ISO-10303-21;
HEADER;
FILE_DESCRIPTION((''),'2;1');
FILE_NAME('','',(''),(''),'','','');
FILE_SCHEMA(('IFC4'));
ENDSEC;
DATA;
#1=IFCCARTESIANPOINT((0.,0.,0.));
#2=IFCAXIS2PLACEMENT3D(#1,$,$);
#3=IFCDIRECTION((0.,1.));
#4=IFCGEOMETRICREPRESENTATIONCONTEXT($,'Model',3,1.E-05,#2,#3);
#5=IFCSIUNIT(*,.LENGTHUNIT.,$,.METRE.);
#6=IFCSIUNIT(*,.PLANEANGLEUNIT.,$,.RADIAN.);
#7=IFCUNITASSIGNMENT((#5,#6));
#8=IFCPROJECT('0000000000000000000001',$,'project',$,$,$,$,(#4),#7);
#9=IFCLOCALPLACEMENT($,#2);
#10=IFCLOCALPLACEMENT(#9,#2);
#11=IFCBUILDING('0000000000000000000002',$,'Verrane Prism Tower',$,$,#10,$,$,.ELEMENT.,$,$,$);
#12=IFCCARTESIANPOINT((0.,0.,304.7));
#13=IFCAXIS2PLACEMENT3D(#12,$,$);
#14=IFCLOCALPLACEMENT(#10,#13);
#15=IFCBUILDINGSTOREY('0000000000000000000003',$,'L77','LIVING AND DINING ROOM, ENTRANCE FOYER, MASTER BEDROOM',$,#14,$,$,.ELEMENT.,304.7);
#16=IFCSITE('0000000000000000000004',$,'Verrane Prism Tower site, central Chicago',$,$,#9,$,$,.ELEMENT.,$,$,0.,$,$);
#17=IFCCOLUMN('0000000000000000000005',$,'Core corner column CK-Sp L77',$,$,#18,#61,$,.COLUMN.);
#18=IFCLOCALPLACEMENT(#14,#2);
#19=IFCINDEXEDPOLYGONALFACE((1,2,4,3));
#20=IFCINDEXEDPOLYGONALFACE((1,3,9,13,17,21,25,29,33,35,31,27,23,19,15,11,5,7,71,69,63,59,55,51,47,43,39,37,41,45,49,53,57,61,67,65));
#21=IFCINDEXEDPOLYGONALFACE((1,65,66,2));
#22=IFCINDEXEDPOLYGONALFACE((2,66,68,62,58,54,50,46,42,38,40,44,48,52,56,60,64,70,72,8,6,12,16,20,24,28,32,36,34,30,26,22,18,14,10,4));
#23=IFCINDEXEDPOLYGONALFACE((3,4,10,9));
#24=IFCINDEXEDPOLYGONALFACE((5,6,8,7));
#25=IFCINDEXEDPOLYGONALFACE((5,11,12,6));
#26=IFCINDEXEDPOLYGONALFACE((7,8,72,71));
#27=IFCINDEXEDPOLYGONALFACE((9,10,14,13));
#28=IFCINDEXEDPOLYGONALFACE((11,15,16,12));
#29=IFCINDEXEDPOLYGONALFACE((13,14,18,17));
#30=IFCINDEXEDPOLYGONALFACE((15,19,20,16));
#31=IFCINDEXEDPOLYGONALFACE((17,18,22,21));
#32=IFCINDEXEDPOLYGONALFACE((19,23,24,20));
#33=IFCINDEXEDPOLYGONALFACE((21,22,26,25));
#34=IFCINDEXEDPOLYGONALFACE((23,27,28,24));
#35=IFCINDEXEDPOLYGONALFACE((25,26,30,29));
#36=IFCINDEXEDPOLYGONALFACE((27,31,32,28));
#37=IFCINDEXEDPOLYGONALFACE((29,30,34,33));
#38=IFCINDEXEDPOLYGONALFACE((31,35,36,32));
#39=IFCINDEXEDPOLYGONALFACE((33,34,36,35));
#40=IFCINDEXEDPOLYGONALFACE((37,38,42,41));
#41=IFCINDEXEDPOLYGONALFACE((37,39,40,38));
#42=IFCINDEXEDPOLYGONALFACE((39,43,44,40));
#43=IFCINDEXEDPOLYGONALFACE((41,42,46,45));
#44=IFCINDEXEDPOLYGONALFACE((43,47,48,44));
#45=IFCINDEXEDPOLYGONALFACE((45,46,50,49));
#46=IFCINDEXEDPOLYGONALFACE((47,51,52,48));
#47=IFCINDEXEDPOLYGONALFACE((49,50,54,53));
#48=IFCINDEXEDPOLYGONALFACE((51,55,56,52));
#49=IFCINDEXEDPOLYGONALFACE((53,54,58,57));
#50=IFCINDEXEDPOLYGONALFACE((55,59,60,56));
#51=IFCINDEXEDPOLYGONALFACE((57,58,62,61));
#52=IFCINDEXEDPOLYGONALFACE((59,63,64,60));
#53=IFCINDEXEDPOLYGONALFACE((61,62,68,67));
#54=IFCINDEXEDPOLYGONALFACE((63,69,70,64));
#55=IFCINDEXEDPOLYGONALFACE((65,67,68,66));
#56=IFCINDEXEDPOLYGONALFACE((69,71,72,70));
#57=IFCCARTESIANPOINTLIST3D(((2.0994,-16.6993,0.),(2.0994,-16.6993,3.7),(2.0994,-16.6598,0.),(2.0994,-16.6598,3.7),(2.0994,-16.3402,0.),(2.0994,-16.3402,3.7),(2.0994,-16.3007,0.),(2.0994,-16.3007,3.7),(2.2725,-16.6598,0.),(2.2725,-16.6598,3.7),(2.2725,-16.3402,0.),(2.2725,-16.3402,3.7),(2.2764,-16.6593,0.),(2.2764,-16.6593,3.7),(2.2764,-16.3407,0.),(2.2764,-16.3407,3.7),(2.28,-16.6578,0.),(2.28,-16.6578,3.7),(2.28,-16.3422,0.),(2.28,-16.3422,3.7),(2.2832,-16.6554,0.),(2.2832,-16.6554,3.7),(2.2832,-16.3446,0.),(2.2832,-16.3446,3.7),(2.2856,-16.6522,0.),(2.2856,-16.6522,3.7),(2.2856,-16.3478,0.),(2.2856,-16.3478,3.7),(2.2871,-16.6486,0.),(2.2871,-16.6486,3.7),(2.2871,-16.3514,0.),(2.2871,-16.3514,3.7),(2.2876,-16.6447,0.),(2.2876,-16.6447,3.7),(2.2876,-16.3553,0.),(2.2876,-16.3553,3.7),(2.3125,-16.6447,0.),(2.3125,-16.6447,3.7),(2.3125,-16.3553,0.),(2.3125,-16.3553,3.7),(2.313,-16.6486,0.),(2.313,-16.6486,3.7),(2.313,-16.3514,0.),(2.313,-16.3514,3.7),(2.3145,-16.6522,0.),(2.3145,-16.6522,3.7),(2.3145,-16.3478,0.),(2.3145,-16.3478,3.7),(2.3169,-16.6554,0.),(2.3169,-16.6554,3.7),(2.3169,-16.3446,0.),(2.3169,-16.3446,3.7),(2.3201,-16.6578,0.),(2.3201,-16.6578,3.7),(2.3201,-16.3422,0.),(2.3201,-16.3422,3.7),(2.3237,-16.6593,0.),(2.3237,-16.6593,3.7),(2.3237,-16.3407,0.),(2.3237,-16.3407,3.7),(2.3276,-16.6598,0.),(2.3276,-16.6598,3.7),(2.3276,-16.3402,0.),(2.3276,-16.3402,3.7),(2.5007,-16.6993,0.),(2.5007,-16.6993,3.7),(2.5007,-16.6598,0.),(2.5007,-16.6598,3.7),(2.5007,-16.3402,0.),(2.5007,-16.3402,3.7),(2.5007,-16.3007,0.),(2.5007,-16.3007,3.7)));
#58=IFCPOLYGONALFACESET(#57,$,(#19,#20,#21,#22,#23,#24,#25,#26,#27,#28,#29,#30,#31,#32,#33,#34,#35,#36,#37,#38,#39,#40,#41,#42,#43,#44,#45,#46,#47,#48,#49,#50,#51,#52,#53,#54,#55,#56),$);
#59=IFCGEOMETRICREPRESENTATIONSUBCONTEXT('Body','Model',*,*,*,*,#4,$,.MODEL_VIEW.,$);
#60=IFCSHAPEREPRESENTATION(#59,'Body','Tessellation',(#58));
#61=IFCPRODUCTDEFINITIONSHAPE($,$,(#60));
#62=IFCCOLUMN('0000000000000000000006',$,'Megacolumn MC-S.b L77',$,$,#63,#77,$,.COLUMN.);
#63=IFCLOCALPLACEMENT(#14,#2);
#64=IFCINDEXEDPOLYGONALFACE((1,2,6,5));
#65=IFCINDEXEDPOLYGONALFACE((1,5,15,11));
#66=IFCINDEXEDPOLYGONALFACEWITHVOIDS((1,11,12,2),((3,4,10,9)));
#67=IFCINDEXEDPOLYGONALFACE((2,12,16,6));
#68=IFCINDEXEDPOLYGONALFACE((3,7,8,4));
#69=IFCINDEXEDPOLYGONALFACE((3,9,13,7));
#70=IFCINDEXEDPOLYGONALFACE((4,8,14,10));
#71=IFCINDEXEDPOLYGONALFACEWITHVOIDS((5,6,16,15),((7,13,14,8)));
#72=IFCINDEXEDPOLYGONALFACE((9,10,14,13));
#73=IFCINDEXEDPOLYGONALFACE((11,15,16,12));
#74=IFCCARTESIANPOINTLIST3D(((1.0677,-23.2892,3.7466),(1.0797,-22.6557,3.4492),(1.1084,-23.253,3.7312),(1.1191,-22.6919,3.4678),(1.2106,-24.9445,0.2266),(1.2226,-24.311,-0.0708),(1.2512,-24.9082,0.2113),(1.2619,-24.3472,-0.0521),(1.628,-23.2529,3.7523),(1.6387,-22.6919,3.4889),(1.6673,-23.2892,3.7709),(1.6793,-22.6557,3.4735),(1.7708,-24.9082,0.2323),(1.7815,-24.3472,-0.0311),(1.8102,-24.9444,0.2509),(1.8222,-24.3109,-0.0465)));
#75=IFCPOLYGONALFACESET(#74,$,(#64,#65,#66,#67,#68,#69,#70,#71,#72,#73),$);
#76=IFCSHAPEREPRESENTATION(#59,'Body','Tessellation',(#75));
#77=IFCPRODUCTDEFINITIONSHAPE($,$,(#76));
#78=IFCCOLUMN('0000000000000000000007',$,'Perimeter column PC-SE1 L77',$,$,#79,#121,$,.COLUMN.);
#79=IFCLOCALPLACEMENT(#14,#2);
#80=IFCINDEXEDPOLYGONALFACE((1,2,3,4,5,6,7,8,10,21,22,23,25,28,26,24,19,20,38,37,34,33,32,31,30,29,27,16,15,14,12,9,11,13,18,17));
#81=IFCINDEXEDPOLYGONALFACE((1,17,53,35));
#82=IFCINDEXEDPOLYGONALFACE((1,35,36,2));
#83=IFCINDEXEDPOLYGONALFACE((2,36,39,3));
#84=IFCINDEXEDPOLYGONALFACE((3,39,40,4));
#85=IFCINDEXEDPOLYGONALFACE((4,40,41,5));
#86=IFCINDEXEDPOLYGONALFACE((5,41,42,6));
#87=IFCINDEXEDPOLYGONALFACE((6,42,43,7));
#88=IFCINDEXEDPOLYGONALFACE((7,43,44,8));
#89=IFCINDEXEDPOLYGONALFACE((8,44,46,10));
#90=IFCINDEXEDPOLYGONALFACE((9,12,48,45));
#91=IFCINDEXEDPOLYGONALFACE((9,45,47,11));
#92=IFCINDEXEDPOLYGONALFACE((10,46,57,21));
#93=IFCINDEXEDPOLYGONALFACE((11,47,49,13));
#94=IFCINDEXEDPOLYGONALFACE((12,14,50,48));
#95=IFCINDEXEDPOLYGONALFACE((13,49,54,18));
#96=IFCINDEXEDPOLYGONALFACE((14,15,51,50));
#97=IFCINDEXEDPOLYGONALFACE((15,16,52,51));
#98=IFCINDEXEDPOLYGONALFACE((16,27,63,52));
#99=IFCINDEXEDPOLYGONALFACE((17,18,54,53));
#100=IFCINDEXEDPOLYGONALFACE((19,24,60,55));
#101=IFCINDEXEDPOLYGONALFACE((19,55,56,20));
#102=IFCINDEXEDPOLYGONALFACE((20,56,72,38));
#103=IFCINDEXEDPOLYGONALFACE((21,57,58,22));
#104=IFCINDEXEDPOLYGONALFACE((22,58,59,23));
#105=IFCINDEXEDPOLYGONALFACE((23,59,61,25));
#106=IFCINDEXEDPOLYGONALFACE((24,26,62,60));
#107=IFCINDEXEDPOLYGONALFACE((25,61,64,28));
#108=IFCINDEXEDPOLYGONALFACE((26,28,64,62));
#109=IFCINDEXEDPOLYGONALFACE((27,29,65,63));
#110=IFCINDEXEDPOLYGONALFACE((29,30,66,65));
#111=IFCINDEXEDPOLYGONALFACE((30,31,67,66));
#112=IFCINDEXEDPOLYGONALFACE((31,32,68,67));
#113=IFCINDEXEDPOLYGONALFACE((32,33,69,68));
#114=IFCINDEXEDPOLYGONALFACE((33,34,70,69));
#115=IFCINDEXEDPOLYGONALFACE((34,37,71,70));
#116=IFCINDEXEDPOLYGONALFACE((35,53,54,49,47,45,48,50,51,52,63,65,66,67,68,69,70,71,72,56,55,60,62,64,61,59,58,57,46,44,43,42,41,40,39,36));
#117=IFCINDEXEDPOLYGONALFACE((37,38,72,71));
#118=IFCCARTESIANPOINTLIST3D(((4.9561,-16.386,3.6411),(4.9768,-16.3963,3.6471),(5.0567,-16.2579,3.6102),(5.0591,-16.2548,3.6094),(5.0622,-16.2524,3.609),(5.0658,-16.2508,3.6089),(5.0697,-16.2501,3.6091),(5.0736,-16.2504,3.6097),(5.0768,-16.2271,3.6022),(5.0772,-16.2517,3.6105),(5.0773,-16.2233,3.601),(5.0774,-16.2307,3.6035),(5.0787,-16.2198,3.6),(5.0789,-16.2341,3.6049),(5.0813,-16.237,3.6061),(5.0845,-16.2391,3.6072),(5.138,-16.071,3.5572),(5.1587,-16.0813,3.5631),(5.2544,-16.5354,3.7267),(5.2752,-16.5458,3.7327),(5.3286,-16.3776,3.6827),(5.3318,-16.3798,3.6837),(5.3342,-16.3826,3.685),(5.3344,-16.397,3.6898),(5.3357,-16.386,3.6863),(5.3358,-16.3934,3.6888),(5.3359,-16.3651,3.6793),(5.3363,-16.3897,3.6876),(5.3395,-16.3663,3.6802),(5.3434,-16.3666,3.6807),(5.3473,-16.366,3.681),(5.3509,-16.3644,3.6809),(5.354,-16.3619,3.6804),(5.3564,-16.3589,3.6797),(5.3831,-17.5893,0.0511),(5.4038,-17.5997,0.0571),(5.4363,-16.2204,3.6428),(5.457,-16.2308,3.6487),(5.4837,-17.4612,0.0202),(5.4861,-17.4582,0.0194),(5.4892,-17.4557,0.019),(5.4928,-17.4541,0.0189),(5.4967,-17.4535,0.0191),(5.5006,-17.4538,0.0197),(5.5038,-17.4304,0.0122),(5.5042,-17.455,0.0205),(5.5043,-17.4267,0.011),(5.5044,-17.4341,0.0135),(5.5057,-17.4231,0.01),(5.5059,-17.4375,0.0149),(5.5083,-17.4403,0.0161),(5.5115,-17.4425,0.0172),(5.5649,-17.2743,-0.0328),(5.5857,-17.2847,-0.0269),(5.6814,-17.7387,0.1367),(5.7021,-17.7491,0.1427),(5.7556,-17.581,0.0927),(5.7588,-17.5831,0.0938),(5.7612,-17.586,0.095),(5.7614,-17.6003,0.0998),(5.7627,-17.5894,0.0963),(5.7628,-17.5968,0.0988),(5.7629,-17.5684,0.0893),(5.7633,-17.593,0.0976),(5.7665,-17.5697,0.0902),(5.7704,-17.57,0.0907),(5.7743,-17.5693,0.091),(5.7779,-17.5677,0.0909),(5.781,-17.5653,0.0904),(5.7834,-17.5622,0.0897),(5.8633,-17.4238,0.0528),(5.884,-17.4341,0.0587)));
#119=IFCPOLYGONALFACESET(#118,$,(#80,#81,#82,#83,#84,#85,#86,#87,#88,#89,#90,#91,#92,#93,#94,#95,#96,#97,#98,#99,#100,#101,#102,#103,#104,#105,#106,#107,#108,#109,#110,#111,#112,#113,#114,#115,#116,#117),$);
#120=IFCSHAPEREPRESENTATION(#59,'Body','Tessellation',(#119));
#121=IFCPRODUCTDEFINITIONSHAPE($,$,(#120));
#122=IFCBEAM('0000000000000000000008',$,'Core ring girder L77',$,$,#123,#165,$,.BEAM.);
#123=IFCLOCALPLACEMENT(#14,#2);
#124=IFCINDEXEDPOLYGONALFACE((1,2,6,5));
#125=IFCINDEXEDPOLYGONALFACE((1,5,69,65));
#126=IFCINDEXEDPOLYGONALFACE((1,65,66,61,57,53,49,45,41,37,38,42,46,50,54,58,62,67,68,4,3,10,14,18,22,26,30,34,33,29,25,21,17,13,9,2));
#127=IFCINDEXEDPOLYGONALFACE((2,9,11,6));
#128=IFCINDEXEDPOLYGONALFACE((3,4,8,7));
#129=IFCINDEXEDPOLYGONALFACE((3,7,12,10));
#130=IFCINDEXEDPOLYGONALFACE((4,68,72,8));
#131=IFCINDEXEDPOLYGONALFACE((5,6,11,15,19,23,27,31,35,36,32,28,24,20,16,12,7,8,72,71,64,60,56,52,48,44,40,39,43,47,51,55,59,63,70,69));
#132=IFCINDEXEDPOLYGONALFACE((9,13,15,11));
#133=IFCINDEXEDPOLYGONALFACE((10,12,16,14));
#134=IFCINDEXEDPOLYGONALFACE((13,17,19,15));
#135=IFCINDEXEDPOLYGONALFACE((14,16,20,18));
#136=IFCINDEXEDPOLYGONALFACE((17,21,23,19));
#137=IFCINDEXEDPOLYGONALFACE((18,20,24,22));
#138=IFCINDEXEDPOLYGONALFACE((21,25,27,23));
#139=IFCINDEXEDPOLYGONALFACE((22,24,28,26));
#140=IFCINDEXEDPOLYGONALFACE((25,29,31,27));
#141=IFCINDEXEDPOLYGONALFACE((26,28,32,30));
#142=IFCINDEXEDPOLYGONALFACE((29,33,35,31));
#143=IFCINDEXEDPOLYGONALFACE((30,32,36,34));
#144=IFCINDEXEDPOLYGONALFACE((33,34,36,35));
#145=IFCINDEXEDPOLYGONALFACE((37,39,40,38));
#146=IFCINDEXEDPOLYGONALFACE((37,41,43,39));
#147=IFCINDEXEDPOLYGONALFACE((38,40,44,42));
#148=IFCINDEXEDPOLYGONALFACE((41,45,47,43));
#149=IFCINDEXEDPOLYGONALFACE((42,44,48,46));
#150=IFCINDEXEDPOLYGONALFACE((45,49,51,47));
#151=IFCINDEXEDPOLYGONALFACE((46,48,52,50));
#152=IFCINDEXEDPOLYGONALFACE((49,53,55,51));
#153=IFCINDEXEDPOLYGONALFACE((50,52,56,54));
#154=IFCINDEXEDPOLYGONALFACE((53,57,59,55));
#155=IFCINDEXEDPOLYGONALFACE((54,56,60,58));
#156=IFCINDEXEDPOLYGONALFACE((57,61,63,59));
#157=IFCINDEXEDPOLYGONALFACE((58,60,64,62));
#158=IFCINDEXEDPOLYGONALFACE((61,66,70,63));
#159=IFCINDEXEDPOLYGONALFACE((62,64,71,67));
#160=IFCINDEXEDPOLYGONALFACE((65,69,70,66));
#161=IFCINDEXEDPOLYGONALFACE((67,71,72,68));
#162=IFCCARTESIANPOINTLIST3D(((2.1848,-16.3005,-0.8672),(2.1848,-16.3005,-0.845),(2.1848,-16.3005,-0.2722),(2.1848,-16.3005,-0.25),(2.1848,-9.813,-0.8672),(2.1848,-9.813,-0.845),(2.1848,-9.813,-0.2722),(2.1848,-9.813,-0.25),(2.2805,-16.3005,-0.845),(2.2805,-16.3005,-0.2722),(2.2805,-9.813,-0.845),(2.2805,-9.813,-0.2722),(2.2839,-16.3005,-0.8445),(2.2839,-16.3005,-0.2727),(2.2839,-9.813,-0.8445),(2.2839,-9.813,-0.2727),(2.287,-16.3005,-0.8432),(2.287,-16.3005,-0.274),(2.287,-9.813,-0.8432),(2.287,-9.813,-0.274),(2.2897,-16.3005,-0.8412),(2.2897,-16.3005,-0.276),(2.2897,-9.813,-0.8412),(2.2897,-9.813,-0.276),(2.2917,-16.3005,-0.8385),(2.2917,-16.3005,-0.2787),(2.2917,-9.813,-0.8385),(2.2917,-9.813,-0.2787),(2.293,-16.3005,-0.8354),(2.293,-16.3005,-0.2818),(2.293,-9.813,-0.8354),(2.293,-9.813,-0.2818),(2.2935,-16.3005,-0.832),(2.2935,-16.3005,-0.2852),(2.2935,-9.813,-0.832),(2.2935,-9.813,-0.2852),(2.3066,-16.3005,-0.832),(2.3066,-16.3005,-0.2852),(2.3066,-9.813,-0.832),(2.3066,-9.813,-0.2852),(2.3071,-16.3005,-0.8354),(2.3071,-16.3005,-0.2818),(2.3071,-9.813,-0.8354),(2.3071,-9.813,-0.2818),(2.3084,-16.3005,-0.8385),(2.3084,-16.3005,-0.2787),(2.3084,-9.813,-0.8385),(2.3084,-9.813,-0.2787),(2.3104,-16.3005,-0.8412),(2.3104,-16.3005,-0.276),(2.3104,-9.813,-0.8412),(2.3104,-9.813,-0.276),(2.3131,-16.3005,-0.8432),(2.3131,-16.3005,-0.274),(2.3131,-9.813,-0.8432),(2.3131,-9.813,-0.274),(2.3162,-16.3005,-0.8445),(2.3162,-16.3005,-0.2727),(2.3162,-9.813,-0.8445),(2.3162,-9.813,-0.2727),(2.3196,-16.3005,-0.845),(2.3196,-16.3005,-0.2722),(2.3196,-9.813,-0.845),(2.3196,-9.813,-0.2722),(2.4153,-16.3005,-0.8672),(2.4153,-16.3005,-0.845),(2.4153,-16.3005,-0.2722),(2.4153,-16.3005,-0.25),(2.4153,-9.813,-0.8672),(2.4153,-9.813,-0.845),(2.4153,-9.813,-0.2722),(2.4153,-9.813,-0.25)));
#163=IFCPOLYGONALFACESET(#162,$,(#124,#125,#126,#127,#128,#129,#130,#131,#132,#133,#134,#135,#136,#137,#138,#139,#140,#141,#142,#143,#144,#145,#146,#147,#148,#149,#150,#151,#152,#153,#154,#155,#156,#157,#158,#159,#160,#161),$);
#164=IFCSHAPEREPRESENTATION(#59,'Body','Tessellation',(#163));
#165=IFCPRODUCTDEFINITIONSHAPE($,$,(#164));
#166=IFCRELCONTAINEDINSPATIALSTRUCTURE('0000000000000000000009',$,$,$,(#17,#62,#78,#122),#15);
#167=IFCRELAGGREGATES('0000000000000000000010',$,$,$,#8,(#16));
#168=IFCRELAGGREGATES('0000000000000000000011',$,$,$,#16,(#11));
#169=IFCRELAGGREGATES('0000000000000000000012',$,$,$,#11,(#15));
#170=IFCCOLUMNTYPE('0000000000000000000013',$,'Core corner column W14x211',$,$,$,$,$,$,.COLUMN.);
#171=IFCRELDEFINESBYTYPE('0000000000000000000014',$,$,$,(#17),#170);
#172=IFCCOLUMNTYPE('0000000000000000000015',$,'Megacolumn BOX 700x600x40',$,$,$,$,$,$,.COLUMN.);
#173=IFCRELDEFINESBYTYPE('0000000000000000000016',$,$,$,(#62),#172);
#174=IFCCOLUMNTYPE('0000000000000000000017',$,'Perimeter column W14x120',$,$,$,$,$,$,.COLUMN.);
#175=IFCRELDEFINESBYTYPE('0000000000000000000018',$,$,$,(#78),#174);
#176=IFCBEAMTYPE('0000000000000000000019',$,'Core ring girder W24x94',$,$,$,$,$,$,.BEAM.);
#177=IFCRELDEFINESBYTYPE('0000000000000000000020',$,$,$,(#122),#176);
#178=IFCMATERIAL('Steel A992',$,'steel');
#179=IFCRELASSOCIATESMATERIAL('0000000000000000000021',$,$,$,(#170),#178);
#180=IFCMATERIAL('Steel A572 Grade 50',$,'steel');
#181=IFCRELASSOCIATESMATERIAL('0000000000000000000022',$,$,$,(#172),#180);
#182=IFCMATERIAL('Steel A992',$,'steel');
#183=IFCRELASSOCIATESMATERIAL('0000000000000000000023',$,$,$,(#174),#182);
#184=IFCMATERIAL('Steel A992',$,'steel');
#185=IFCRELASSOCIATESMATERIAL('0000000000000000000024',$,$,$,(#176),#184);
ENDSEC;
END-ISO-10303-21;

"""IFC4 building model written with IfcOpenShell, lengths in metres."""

from ifc_helpers import new_model, si_unit, direction, frame, origin, origin_2d, place, context, subcontext, project, spatial, hollow_rectangle, i_section, extrude, material, material_profile, profile_set, type_object, element, save


model = new_model("IFC4")

# Units and contexts
model_context = context("Model", 3, precision=1e-05, world=origin(), true_north=direction((0.0, 1.0)))
body_context = subcontext(model_context, "Body", "Model", "MODEL_VIEW")
ifc_project = project(units=[si_unit("LENGTHUNIT", "METRE"), si_unit("PLANEANGLEUNIT", "RADIAN")], contexts=[model_context])

# Site, building, storey
site_placement = place(None, origin())
site = spatial("IfcSite", under=ifc_project, at=site_placement, Name="Verrane Prism Tower site, central Chicago", CompositionType="ELEMENT", RefElevation=0.0)
building_placement = place(site_placement, origin())
building = spatial("IfcBuilding", under=site, at=building_placement, Name="Verrane Prism Tower", CompositionType="ELEMENT")
storey_placement = place(building_placement, frame((0.0, 0.0, 304.7)))
storey = spatial("IfcBuildingStorey", under=building, at=storey_placement, Name="L77", Description="LIVING AND DINING ROOM, ENTRANCE FOYER, MASTER BEDROOM", CompositionType="ELEMENT", Elevation=304.7)

# Columns
ifc_material_1 = material(Name="Steel A992", Category="steel")
ifc_material_profile_1 = material_profile(ifc_material_1, i_section(OverallWidth=0.4014, OverallDepth=0.3987, WebThickness=0.0249, FlangeThickness=0.0396, FilletRadius=0.0151, at=origin_2d()), Name="W14x211")
ifc_profile_set_1 = profile_set([ifc_material_profile_1], Name="Steel A992")
column_type_1 = type_object("IfcColumnType", Name="Core corner column W14x211", PredefinedType="COLUMN", material=ifc_profile_set_1)
column_1_placement = place(storey_placement, frame((2.3, -16.5, 0.0), z_axis=(0.0, 0.0, 1.0), x_axis=(-1.0, 0.0, 0.0)))
element("IfcColumn", 1, at=column_1_placement, inside=storey, type_object=column_type_1, Name="Core corner column CK-Sp L77", PredefinedType="COLUMN", context=body_context, shape_type="SweptSolid", body=[
    extrude(i_section(OverallWidth=0.4014, OverallDepth=0.3987, WebThickness=0.0249, FlangeThickness=0.0396, FilletRadius=0.0151, at=origin_2d()), origin(), (0.0, 0.0, 1.0), 3.7),
])
ifc_material_2 = material(Name="Steel A572 Grade 50", Category="steel")
ifc_material_profile_2 = material_profile(ifc_material_2, hollow_rectangle(XDim=0.6001, YDim=0.7, WallThickness=0.04, at=origin_2d()), Name="BOX 700x600x40")
ifc_profile_set_2 = profile_set([ifc_material_profile_2], Name="Steel A572 Grade 50")
column_type_2 = type_object("IfcColumnType", Name="Megacolumn BOX 700x600x40", PredefinedType="COLUMN", material=ifc_profile_set_2)
column_2_placement = place(storey_placement, frame((1.5164, -24.6277, 0.0901), z_axis=(-0.036692, 0.425257, 0.904329), x_axis=(-0.999179, -0.000075, -0.040506)))
element("IfcColumn", 2, at=column_2_placement, inside=storey, type_object=column_type_2, Name="Megacolumn MC-S.b L77", PredefinedType="COLUMN", context=body_context, shape_type="SweptSolid", body=[
    extrude(hollow_rectangle(XDim=0.6001, YDim=0.7, WallThickness=0.04, at=origin_2d()), origin(), (0.0, 0.0, 1.0), 3.8923),
])
ifc_material_3 = material(Name="Steel A992", Category="steel")
ifc_material_profile_3 = material_profile(ifc_material_3, i_section(OverallWidth=0.3733, OverallDepth=0.3684, WebThickness=0.0149, FlangeThickness=0.0239, FilletRadius=0.0151, at=origin_2d()), Name="W14x120")
ifc_profile_set_3 = profile_set([ifc_material_profile_3], Name="Steel A992")
column_type_3 = type_object("IfcColumnType", Name="Perimeter column W14x120", PredefinedType="COLUMN", material=ifc_profile_set_3)
column_3_placement = place(storey_placement, frame((5.6335, -17.5117, 0.0549), z_axis=(-0.112062, 0.315812, 0.942181), x_axis=(-0.487199, -0.843835, 0.2249)))
element("IfcColumn", 3, at=column_3_placement, inside=storey, type_object=column_type_3, Name="Perimeter column PC-SE1 L77", PredefinedType="COLUMN", context=body_context, shape_type="SweptSolid", body=[
    extrude(i_section(OverallWidth=0.3733, OverallDepth=0.3684, WebThickness=0.0149, FlangeThickness=0.0239, FilletRadius=0.0151, at=origin_2d()), origin(), (0.0, 0.0, 1.0), 3.8103),
])

# Beam
ifc_material_4 = material(Name="Steel A992", Category="steel")
ifc_material_profile_4 = material_profile(ifc_material_4, i_section(OverallWidth=0.2305, OverallDepth=0.6172, WebThickness=0.0132, FlangeThickness=0.0222, FilletRadius=0.0129, at=origin_2d()), Name="W24x94")
ifc_profile_set_4 = profile_set([ifc_material_profile_4], Name="Steel A992")
beam_type_1 = type_object("IfcBeamType", Name="Core ring girder W24x94", PredefinedType="BEAM", material=ifc_profile_set_4)
beam_1_placement = place(storey_placement, frame((2.3, -16.3005, -0.5586), z_axis=(0.0, 1.0, 0.0), x_axis=(-1.0, 0.0, 0.0)))
element("IfcBeam", 4, at=beam_1_placement, inside=storey, type_object=beam_type_1, Name="Core ring girder L77", PredefinedType="BEAM", context=body_context, shape_type="SweptSolid", body=[
    extrude(i_section(OverallWidth=0.2305, OverallDepth=0.6172, WebThickness=0.0132, FlangeThickness=0.0222, FilletRadius=0.0129, at=origin_2d()), origin(), (0.0, 0.0, 1.0), 6.4875),
])

save(model, "model.ifc")
